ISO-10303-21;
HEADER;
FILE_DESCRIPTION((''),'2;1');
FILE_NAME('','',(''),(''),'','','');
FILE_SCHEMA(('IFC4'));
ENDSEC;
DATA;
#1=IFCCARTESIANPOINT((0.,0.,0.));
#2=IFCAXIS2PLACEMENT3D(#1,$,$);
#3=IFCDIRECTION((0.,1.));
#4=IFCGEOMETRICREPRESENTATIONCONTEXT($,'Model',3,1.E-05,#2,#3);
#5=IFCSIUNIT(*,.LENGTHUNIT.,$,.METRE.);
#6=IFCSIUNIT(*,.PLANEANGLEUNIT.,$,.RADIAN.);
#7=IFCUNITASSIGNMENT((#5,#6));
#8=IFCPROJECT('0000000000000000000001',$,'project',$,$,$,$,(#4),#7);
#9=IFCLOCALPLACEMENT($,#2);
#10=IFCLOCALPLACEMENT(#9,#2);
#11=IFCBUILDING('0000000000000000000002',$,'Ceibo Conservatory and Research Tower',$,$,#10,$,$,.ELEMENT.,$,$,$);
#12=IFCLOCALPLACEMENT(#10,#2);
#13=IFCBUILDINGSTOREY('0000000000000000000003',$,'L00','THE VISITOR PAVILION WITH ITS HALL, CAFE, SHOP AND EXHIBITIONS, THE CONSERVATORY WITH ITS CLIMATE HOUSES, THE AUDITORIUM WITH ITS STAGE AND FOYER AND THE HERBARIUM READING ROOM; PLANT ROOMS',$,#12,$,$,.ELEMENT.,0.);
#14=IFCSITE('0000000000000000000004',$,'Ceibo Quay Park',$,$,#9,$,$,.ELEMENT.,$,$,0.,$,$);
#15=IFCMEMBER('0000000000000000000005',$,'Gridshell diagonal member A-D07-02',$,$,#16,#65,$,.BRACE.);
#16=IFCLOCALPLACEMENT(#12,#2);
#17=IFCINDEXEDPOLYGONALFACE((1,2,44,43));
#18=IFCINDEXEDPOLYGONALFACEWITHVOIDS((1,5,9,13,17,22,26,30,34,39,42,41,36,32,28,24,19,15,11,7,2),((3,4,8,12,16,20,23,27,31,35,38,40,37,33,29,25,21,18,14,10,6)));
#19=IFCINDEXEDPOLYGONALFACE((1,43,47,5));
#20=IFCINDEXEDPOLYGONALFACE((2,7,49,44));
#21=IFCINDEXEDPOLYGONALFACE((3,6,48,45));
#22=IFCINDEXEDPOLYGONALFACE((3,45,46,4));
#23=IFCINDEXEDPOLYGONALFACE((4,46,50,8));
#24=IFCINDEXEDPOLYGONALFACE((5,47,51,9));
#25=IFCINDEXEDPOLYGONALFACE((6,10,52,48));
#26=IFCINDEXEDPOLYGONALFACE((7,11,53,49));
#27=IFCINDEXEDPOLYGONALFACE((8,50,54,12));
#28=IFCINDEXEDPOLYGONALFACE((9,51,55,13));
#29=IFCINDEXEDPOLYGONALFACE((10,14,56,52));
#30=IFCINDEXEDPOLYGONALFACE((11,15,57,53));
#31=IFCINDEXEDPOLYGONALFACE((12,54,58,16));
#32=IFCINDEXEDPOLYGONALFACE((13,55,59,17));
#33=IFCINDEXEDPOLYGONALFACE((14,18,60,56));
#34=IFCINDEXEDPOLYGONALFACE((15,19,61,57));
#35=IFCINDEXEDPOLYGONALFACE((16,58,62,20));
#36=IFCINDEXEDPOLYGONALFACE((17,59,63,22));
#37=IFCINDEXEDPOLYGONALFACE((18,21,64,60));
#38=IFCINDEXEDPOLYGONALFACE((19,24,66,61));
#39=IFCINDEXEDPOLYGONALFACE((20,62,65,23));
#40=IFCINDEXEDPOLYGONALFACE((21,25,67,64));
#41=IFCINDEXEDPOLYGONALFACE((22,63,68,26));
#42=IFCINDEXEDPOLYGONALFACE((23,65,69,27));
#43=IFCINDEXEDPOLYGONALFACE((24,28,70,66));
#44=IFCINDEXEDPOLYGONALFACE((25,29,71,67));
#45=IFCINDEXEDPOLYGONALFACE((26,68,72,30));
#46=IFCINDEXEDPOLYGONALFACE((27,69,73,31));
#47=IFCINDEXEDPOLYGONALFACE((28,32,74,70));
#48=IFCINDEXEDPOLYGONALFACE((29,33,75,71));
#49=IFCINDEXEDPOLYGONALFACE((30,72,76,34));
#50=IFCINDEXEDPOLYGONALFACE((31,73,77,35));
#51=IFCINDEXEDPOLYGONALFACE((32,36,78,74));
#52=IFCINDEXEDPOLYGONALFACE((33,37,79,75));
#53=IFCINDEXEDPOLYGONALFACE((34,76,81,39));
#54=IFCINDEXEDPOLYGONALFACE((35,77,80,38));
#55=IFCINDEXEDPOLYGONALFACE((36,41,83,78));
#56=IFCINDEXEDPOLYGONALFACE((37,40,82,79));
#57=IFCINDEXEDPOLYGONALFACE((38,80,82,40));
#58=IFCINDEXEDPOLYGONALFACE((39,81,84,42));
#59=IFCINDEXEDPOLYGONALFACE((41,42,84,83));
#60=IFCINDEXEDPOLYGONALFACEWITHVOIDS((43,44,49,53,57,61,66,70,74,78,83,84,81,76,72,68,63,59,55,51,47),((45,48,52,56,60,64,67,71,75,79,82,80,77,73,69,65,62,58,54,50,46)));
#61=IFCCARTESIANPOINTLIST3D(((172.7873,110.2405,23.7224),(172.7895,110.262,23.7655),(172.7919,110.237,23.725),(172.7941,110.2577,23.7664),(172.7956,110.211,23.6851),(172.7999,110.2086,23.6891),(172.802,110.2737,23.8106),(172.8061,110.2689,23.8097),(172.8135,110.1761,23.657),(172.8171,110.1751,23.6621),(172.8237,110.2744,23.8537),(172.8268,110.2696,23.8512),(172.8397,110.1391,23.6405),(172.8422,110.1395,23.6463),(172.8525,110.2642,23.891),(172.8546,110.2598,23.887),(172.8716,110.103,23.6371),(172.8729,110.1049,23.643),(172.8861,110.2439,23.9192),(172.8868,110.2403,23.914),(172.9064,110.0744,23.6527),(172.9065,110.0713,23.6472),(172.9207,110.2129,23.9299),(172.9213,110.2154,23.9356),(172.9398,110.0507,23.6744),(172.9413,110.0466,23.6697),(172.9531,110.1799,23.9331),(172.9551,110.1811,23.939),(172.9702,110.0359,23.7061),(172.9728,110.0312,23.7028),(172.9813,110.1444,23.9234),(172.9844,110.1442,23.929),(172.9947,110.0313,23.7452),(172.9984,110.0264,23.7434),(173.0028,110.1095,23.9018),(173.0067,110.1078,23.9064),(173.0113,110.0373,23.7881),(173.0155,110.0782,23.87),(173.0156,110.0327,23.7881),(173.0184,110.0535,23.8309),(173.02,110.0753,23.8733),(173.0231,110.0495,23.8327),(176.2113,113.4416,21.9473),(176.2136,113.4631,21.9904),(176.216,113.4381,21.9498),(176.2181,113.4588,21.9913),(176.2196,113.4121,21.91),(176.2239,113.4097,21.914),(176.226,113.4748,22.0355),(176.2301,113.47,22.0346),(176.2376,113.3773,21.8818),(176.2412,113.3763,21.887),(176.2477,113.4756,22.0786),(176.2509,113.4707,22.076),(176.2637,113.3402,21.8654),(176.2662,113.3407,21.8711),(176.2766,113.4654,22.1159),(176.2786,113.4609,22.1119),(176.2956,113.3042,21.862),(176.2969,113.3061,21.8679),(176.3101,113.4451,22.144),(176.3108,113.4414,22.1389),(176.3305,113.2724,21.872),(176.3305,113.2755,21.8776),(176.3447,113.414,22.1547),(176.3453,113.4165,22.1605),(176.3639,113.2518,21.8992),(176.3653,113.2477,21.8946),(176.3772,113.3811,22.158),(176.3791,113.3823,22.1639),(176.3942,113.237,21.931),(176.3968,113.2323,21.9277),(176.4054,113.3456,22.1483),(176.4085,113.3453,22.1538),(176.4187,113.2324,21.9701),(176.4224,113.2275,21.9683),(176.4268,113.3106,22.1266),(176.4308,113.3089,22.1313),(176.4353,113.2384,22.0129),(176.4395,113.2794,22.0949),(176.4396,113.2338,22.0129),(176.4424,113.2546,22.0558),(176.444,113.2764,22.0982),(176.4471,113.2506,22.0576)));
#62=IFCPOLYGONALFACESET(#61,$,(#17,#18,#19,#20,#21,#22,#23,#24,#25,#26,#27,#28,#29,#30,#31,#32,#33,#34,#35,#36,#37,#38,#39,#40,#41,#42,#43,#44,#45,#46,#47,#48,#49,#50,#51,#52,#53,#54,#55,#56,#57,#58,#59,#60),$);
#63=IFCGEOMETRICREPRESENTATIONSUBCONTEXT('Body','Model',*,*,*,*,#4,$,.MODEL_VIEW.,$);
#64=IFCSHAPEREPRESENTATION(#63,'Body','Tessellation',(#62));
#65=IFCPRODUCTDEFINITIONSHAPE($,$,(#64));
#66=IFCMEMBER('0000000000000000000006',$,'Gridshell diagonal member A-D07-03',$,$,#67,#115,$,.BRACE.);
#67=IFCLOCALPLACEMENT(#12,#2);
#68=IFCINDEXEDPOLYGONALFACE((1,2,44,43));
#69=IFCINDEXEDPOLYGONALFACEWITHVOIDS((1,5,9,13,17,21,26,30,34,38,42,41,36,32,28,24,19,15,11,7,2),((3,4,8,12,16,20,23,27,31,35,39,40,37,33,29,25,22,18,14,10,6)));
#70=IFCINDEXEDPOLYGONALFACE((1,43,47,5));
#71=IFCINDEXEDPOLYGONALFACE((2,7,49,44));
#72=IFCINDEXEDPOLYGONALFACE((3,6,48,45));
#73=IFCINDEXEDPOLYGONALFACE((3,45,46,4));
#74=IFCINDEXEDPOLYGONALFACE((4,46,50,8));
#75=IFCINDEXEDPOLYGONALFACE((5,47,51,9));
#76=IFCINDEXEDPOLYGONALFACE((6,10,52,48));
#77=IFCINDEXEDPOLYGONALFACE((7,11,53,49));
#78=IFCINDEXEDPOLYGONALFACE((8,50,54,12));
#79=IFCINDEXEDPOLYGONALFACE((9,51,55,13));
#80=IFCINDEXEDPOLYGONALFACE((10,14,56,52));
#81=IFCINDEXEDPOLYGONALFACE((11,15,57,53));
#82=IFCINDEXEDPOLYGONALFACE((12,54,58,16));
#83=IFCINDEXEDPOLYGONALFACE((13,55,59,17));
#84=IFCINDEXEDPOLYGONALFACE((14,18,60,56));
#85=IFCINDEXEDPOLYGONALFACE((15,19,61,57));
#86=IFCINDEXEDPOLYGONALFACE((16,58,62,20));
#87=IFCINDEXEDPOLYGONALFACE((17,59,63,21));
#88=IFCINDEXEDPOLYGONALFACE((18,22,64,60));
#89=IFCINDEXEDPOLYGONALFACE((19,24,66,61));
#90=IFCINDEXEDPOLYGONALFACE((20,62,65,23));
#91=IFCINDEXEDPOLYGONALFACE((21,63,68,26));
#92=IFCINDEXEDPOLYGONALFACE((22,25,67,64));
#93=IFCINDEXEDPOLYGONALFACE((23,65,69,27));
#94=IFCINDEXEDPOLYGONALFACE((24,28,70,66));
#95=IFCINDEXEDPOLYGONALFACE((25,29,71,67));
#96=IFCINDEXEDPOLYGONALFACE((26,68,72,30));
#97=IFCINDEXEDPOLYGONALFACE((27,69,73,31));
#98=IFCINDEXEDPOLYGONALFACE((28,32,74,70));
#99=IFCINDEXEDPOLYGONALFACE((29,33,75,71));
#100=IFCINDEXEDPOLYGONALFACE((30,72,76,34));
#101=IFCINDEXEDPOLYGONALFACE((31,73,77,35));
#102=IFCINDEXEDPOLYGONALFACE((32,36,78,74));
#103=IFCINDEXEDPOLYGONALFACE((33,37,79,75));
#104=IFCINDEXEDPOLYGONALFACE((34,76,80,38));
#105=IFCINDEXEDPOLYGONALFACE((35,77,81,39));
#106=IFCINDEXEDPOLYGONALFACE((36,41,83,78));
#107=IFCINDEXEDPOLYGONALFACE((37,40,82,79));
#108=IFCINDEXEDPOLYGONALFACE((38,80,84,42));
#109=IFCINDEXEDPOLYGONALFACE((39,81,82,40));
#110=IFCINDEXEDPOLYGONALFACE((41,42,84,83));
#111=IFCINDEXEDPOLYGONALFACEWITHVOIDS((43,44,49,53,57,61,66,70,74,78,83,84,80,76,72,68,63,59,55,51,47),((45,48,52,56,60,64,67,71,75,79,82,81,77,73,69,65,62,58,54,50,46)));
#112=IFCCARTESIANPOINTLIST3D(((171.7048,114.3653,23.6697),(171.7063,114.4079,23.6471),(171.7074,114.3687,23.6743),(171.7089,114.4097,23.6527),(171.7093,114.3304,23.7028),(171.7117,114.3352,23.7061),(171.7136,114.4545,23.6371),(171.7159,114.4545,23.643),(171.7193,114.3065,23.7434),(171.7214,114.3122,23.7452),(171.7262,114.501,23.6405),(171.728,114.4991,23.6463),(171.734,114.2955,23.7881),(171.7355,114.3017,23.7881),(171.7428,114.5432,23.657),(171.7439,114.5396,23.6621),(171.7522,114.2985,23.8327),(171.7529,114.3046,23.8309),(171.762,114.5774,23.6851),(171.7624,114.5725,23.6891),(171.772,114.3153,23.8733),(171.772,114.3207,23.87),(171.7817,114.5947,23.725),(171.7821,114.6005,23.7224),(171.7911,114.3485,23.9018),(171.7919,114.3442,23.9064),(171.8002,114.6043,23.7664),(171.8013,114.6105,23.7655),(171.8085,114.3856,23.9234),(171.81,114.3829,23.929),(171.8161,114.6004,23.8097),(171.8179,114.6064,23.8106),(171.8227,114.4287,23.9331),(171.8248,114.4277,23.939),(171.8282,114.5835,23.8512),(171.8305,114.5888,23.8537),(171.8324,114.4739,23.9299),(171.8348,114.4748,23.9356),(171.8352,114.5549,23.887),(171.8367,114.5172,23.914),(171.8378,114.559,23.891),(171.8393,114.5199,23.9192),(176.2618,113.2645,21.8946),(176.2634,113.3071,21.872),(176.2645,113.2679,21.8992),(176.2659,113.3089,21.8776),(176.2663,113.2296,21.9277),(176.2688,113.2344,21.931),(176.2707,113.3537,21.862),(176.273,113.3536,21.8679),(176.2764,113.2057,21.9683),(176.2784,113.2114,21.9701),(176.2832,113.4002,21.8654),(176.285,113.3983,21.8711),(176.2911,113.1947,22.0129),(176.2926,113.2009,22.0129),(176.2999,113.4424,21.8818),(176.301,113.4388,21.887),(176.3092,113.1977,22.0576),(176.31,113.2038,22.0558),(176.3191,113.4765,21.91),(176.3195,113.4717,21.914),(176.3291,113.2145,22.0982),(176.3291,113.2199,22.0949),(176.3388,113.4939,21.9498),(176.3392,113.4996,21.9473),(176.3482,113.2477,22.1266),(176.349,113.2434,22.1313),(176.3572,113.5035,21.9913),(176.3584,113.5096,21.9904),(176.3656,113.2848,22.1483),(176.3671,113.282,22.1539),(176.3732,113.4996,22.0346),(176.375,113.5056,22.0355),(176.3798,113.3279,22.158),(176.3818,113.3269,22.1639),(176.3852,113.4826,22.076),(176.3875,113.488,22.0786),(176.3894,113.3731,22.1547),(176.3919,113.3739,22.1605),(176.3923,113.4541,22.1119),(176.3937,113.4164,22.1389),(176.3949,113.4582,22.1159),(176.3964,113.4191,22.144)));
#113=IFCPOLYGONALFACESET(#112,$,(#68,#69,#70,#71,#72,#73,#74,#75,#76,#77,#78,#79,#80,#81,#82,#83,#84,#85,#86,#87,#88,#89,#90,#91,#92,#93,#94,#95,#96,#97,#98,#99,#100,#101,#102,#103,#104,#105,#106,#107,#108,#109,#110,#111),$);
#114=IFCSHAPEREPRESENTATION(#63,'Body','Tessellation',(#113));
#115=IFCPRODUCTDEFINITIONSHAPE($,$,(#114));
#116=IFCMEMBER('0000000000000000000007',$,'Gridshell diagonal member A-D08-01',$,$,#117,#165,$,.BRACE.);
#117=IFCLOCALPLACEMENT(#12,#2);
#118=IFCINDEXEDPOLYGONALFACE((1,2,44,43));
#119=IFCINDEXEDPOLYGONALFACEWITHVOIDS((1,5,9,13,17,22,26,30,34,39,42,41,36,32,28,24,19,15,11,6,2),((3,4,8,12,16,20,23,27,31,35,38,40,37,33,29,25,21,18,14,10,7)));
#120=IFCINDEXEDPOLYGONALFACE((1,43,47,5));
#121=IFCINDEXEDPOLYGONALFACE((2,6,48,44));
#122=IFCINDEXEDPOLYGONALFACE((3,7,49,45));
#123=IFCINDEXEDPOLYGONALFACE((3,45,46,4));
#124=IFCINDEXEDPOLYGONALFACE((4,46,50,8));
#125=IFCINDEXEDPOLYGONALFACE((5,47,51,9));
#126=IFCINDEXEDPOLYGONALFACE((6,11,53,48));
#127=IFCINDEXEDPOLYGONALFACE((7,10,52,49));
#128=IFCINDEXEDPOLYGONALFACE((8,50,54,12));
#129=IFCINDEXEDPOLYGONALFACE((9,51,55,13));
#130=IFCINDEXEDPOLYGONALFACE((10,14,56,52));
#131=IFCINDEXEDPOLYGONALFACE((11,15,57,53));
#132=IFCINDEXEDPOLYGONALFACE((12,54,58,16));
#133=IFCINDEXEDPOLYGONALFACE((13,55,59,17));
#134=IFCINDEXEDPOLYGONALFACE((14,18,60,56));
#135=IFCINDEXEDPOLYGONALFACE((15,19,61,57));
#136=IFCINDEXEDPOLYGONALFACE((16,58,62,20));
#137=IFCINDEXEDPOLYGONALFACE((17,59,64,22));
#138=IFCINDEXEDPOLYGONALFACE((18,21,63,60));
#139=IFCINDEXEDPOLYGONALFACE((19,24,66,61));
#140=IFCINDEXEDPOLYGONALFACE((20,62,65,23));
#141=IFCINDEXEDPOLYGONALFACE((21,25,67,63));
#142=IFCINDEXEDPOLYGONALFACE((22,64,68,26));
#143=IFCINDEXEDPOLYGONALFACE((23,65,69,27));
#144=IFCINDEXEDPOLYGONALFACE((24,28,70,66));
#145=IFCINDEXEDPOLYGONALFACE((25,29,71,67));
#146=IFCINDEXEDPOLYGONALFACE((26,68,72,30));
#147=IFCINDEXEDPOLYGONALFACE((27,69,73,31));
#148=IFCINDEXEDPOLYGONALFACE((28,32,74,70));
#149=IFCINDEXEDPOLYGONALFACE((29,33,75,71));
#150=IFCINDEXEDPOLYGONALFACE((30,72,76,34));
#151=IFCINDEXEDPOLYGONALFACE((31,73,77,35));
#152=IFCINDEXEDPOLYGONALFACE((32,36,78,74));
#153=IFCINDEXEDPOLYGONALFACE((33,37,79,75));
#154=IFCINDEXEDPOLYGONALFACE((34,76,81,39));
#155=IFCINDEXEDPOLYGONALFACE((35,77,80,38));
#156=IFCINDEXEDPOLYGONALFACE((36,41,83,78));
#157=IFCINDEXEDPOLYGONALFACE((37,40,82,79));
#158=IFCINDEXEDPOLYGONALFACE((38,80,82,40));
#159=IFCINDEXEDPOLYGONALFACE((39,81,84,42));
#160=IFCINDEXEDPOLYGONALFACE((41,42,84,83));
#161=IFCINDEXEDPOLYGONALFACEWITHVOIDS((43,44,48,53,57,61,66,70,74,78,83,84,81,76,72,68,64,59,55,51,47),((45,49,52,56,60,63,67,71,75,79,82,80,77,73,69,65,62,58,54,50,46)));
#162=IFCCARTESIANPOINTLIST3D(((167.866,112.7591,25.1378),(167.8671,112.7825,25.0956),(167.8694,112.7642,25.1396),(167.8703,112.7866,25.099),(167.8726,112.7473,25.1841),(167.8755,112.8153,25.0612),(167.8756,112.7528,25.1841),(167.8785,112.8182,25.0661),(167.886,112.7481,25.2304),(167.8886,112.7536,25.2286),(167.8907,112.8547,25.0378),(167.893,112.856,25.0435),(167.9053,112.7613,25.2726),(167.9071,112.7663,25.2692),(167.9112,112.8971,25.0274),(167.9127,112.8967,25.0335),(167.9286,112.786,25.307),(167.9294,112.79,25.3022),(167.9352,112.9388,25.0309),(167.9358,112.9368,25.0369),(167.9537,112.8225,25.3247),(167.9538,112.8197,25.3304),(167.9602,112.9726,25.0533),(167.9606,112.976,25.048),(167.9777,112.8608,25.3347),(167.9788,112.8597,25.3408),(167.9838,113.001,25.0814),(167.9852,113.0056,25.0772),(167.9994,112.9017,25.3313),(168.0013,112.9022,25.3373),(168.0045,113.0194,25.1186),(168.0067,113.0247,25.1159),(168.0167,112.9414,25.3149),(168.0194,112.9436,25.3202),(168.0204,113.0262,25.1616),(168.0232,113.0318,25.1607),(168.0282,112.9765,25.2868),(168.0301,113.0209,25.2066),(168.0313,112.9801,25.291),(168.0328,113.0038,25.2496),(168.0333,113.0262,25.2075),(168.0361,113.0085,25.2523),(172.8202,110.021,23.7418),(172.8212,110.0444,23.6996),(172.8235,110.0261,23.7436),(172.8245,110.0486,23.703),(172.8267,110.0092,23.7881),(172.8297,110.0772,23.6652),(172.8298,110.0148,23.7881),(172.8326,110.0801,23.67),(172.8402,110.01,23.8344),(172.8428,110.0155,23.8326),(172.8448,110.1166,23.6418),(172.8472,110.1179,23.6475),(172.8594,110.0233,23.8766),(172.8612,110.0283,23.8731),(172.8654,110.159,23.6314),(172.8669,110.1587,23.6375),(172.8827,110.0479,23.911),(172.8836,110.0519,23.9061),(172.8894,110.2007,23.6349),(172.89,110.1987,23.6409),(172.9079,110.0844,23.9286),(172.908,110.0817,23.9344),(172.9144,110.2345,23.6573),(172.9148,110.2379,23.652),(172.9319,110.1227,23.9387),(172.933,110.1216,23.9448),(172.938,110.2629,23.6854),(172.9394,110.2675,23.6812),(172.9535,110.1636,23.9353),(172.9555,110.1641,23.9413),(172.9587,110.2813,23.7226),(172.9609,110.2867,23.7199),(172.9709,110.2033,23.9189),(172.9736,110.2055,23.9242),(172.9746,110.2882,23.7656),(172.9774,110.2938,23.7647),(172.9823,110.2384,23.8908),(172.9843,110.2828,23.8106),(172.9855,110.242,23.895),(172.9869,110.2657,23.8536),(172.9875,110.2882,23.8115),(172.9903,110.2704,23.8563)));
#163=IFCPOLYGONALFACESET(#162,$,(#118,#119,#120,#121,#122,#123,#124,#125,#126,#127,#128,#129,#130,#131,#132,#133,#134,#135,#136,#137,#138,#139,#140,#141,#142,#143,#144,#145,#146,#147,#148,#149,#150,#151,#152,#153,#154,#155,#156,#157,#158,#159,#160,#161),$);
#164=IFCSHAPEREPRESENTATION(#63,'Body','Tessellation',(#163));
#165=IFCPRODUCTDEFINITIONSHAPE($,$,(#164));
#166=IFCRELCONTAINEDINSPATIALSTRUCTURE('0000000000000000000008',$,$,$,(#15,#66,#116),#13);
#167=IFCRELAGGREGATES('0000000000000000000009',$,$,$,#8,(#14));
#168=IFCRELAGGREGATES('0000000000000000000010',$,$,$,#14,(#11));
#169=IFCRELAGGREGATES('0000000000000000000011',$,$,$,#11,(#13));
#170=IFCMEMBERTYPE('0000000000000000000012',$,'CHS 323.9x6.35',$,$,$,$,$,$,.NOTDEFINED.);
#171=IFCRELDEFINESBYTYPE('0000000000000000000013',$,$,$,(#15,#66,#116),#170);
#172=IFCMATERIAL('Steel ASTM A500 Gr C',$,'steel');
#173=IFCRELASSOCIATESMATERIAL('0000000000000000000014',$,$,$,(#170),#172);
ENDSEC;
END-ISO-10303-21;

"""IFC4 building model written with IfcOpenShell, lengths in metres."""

from ifc_helpers import new_model, si_unit, direction, frame, origin, origin_2d, place, context, subcontext, project, spatial, hollow_circle, extrude, material, material_profile, profile_set, type_object, element, save


model = new_model("IFC4")

# Units and contexts
model_context = context("Model", 3, precision=1e-05, world=origin(), true_north=direction((0.0, 1.0)))
body_context = subcontext(model_context, "Body", "Model", "MODEL_VIEW")
ifc_project = project(units=[si_unit("LENGTHUNIT", "METRE"), si_unit("PLANEANGLEUNIT", "RADIAN")], contexts=[model_context])

# Site, building, storey
site_placement = place(None, origin())
site = spatial("IfcSite", under=ifc_project, at=site_placement, Name="Ceibo Quay Park", CompositionType="ELEMENT", RefElevation=0.0)
building_placement = place(site_placement, origin())
building = spatial("IfcBuilding", under=site, at=building_placement, Name="Ceibo Conservatory and Research Tower", CompositionType="ELEMENT")
storey_placement = place(building_placement, origin())
storey = spatial("IfcBuildingStorey", under=building, at=storey_placement, Name="L00", Description="THE VISITOR PAVILION WITH ITS HALL, CAFE, SHOP AND EXHIBITIONS, THE CONSERVATORY WITH ITS CLIMATE HOUSES, THE AUDITORIUM WITH ITS STAGE AND FOYER AND THE HERBARIUM READING ROOM; PLANT ROOMS", CompositionType="ELEMENT", Elevation=0.0)

# Members
ifc_material_1 = material(Name="Steel ASTM A500 Gr C", Category="steel")
ifc_material_profile_1 = material_profile(ifc_material_1, hollow_circle(Radius=0.1619, WallThickness=0.0063, at=origin_2d()), Name="CHS 323.9x6.35")
ifc_profile_set_1 = profile_set([ifc_material_profile_1], Name="Steel ASTM A500 Gr C")
member_type_1 = type_object("IfcMemberType", Name="CHS 323.9x6.35", PredefinedType="NOTDEFINED", material=ifc_profile_set_1)
member_1_placement = place(storey_placement, frame((176.3291, 113.3521, 22.0129), z_axis=(-0.683137, -0.638666, 0.35416), x_axis=(0.68293, -0.730483, 0.0)))
element("IfcMember", 1, at=member_1_placement, inside=storey, type_object=member_type_1, Name="Gridshell diagonal member A-D07-02", PredefinedType="BRACE", context=body_context, shape_type="SweptSolid", body=[
    extrude(hollow_circle(Radius=0.1619, WallThickness=0.0063, at=origin_2d()), origin(), (0.0, 0.0, 1.0), 5.0122),
])
member_2_placement = place(storey_placement, frame((176.3291, 113.3521, 22.0129), z_axis=(-0.909058, 0.219594, 0.354107), x_axis=(-0.234809, -0.972042, 0.0)))
element("IfcMember", 2, at=member_2_placement, inside=storey, type_object=member_type_1, Name="Gridshell diagonal member A-D07-03", PredefinedType="BRACE", context=body_context, shape_type="SweptSolid", body=[
    extrude(hollow_circle(Radius=0.1619, WallThickness=0.0063, at=origin_2d()), origin(), (0.0, 0.0, 1.0), 5.0129),
])
for number, where, z_axis, x_axis, name in (
    (3, (172.905, 110.1509, 23.7881), (-0.849762, 0.469647, 0.239451), (-0.483719, -0.875223, 0.0), "Gridshell diagonal member A-D08-01"),
):
    element("IfcMember", number, at=place(storey_placement, frame(where, z_axis=z_axis, x_axis=x_axis)), inside=storey, type_object=member_type_1, Name=name, PredefinedType="BRACE", context=body_context, shape_type="SweptSolid", body=[
        extrude(hollow_circle(Radius=0.1619, WallThickness=0.0063, at=origin_2d()), origin(), (0.0, 0.0, 1.0), 5.8301),
    ])

save(model, "model.ifc")
